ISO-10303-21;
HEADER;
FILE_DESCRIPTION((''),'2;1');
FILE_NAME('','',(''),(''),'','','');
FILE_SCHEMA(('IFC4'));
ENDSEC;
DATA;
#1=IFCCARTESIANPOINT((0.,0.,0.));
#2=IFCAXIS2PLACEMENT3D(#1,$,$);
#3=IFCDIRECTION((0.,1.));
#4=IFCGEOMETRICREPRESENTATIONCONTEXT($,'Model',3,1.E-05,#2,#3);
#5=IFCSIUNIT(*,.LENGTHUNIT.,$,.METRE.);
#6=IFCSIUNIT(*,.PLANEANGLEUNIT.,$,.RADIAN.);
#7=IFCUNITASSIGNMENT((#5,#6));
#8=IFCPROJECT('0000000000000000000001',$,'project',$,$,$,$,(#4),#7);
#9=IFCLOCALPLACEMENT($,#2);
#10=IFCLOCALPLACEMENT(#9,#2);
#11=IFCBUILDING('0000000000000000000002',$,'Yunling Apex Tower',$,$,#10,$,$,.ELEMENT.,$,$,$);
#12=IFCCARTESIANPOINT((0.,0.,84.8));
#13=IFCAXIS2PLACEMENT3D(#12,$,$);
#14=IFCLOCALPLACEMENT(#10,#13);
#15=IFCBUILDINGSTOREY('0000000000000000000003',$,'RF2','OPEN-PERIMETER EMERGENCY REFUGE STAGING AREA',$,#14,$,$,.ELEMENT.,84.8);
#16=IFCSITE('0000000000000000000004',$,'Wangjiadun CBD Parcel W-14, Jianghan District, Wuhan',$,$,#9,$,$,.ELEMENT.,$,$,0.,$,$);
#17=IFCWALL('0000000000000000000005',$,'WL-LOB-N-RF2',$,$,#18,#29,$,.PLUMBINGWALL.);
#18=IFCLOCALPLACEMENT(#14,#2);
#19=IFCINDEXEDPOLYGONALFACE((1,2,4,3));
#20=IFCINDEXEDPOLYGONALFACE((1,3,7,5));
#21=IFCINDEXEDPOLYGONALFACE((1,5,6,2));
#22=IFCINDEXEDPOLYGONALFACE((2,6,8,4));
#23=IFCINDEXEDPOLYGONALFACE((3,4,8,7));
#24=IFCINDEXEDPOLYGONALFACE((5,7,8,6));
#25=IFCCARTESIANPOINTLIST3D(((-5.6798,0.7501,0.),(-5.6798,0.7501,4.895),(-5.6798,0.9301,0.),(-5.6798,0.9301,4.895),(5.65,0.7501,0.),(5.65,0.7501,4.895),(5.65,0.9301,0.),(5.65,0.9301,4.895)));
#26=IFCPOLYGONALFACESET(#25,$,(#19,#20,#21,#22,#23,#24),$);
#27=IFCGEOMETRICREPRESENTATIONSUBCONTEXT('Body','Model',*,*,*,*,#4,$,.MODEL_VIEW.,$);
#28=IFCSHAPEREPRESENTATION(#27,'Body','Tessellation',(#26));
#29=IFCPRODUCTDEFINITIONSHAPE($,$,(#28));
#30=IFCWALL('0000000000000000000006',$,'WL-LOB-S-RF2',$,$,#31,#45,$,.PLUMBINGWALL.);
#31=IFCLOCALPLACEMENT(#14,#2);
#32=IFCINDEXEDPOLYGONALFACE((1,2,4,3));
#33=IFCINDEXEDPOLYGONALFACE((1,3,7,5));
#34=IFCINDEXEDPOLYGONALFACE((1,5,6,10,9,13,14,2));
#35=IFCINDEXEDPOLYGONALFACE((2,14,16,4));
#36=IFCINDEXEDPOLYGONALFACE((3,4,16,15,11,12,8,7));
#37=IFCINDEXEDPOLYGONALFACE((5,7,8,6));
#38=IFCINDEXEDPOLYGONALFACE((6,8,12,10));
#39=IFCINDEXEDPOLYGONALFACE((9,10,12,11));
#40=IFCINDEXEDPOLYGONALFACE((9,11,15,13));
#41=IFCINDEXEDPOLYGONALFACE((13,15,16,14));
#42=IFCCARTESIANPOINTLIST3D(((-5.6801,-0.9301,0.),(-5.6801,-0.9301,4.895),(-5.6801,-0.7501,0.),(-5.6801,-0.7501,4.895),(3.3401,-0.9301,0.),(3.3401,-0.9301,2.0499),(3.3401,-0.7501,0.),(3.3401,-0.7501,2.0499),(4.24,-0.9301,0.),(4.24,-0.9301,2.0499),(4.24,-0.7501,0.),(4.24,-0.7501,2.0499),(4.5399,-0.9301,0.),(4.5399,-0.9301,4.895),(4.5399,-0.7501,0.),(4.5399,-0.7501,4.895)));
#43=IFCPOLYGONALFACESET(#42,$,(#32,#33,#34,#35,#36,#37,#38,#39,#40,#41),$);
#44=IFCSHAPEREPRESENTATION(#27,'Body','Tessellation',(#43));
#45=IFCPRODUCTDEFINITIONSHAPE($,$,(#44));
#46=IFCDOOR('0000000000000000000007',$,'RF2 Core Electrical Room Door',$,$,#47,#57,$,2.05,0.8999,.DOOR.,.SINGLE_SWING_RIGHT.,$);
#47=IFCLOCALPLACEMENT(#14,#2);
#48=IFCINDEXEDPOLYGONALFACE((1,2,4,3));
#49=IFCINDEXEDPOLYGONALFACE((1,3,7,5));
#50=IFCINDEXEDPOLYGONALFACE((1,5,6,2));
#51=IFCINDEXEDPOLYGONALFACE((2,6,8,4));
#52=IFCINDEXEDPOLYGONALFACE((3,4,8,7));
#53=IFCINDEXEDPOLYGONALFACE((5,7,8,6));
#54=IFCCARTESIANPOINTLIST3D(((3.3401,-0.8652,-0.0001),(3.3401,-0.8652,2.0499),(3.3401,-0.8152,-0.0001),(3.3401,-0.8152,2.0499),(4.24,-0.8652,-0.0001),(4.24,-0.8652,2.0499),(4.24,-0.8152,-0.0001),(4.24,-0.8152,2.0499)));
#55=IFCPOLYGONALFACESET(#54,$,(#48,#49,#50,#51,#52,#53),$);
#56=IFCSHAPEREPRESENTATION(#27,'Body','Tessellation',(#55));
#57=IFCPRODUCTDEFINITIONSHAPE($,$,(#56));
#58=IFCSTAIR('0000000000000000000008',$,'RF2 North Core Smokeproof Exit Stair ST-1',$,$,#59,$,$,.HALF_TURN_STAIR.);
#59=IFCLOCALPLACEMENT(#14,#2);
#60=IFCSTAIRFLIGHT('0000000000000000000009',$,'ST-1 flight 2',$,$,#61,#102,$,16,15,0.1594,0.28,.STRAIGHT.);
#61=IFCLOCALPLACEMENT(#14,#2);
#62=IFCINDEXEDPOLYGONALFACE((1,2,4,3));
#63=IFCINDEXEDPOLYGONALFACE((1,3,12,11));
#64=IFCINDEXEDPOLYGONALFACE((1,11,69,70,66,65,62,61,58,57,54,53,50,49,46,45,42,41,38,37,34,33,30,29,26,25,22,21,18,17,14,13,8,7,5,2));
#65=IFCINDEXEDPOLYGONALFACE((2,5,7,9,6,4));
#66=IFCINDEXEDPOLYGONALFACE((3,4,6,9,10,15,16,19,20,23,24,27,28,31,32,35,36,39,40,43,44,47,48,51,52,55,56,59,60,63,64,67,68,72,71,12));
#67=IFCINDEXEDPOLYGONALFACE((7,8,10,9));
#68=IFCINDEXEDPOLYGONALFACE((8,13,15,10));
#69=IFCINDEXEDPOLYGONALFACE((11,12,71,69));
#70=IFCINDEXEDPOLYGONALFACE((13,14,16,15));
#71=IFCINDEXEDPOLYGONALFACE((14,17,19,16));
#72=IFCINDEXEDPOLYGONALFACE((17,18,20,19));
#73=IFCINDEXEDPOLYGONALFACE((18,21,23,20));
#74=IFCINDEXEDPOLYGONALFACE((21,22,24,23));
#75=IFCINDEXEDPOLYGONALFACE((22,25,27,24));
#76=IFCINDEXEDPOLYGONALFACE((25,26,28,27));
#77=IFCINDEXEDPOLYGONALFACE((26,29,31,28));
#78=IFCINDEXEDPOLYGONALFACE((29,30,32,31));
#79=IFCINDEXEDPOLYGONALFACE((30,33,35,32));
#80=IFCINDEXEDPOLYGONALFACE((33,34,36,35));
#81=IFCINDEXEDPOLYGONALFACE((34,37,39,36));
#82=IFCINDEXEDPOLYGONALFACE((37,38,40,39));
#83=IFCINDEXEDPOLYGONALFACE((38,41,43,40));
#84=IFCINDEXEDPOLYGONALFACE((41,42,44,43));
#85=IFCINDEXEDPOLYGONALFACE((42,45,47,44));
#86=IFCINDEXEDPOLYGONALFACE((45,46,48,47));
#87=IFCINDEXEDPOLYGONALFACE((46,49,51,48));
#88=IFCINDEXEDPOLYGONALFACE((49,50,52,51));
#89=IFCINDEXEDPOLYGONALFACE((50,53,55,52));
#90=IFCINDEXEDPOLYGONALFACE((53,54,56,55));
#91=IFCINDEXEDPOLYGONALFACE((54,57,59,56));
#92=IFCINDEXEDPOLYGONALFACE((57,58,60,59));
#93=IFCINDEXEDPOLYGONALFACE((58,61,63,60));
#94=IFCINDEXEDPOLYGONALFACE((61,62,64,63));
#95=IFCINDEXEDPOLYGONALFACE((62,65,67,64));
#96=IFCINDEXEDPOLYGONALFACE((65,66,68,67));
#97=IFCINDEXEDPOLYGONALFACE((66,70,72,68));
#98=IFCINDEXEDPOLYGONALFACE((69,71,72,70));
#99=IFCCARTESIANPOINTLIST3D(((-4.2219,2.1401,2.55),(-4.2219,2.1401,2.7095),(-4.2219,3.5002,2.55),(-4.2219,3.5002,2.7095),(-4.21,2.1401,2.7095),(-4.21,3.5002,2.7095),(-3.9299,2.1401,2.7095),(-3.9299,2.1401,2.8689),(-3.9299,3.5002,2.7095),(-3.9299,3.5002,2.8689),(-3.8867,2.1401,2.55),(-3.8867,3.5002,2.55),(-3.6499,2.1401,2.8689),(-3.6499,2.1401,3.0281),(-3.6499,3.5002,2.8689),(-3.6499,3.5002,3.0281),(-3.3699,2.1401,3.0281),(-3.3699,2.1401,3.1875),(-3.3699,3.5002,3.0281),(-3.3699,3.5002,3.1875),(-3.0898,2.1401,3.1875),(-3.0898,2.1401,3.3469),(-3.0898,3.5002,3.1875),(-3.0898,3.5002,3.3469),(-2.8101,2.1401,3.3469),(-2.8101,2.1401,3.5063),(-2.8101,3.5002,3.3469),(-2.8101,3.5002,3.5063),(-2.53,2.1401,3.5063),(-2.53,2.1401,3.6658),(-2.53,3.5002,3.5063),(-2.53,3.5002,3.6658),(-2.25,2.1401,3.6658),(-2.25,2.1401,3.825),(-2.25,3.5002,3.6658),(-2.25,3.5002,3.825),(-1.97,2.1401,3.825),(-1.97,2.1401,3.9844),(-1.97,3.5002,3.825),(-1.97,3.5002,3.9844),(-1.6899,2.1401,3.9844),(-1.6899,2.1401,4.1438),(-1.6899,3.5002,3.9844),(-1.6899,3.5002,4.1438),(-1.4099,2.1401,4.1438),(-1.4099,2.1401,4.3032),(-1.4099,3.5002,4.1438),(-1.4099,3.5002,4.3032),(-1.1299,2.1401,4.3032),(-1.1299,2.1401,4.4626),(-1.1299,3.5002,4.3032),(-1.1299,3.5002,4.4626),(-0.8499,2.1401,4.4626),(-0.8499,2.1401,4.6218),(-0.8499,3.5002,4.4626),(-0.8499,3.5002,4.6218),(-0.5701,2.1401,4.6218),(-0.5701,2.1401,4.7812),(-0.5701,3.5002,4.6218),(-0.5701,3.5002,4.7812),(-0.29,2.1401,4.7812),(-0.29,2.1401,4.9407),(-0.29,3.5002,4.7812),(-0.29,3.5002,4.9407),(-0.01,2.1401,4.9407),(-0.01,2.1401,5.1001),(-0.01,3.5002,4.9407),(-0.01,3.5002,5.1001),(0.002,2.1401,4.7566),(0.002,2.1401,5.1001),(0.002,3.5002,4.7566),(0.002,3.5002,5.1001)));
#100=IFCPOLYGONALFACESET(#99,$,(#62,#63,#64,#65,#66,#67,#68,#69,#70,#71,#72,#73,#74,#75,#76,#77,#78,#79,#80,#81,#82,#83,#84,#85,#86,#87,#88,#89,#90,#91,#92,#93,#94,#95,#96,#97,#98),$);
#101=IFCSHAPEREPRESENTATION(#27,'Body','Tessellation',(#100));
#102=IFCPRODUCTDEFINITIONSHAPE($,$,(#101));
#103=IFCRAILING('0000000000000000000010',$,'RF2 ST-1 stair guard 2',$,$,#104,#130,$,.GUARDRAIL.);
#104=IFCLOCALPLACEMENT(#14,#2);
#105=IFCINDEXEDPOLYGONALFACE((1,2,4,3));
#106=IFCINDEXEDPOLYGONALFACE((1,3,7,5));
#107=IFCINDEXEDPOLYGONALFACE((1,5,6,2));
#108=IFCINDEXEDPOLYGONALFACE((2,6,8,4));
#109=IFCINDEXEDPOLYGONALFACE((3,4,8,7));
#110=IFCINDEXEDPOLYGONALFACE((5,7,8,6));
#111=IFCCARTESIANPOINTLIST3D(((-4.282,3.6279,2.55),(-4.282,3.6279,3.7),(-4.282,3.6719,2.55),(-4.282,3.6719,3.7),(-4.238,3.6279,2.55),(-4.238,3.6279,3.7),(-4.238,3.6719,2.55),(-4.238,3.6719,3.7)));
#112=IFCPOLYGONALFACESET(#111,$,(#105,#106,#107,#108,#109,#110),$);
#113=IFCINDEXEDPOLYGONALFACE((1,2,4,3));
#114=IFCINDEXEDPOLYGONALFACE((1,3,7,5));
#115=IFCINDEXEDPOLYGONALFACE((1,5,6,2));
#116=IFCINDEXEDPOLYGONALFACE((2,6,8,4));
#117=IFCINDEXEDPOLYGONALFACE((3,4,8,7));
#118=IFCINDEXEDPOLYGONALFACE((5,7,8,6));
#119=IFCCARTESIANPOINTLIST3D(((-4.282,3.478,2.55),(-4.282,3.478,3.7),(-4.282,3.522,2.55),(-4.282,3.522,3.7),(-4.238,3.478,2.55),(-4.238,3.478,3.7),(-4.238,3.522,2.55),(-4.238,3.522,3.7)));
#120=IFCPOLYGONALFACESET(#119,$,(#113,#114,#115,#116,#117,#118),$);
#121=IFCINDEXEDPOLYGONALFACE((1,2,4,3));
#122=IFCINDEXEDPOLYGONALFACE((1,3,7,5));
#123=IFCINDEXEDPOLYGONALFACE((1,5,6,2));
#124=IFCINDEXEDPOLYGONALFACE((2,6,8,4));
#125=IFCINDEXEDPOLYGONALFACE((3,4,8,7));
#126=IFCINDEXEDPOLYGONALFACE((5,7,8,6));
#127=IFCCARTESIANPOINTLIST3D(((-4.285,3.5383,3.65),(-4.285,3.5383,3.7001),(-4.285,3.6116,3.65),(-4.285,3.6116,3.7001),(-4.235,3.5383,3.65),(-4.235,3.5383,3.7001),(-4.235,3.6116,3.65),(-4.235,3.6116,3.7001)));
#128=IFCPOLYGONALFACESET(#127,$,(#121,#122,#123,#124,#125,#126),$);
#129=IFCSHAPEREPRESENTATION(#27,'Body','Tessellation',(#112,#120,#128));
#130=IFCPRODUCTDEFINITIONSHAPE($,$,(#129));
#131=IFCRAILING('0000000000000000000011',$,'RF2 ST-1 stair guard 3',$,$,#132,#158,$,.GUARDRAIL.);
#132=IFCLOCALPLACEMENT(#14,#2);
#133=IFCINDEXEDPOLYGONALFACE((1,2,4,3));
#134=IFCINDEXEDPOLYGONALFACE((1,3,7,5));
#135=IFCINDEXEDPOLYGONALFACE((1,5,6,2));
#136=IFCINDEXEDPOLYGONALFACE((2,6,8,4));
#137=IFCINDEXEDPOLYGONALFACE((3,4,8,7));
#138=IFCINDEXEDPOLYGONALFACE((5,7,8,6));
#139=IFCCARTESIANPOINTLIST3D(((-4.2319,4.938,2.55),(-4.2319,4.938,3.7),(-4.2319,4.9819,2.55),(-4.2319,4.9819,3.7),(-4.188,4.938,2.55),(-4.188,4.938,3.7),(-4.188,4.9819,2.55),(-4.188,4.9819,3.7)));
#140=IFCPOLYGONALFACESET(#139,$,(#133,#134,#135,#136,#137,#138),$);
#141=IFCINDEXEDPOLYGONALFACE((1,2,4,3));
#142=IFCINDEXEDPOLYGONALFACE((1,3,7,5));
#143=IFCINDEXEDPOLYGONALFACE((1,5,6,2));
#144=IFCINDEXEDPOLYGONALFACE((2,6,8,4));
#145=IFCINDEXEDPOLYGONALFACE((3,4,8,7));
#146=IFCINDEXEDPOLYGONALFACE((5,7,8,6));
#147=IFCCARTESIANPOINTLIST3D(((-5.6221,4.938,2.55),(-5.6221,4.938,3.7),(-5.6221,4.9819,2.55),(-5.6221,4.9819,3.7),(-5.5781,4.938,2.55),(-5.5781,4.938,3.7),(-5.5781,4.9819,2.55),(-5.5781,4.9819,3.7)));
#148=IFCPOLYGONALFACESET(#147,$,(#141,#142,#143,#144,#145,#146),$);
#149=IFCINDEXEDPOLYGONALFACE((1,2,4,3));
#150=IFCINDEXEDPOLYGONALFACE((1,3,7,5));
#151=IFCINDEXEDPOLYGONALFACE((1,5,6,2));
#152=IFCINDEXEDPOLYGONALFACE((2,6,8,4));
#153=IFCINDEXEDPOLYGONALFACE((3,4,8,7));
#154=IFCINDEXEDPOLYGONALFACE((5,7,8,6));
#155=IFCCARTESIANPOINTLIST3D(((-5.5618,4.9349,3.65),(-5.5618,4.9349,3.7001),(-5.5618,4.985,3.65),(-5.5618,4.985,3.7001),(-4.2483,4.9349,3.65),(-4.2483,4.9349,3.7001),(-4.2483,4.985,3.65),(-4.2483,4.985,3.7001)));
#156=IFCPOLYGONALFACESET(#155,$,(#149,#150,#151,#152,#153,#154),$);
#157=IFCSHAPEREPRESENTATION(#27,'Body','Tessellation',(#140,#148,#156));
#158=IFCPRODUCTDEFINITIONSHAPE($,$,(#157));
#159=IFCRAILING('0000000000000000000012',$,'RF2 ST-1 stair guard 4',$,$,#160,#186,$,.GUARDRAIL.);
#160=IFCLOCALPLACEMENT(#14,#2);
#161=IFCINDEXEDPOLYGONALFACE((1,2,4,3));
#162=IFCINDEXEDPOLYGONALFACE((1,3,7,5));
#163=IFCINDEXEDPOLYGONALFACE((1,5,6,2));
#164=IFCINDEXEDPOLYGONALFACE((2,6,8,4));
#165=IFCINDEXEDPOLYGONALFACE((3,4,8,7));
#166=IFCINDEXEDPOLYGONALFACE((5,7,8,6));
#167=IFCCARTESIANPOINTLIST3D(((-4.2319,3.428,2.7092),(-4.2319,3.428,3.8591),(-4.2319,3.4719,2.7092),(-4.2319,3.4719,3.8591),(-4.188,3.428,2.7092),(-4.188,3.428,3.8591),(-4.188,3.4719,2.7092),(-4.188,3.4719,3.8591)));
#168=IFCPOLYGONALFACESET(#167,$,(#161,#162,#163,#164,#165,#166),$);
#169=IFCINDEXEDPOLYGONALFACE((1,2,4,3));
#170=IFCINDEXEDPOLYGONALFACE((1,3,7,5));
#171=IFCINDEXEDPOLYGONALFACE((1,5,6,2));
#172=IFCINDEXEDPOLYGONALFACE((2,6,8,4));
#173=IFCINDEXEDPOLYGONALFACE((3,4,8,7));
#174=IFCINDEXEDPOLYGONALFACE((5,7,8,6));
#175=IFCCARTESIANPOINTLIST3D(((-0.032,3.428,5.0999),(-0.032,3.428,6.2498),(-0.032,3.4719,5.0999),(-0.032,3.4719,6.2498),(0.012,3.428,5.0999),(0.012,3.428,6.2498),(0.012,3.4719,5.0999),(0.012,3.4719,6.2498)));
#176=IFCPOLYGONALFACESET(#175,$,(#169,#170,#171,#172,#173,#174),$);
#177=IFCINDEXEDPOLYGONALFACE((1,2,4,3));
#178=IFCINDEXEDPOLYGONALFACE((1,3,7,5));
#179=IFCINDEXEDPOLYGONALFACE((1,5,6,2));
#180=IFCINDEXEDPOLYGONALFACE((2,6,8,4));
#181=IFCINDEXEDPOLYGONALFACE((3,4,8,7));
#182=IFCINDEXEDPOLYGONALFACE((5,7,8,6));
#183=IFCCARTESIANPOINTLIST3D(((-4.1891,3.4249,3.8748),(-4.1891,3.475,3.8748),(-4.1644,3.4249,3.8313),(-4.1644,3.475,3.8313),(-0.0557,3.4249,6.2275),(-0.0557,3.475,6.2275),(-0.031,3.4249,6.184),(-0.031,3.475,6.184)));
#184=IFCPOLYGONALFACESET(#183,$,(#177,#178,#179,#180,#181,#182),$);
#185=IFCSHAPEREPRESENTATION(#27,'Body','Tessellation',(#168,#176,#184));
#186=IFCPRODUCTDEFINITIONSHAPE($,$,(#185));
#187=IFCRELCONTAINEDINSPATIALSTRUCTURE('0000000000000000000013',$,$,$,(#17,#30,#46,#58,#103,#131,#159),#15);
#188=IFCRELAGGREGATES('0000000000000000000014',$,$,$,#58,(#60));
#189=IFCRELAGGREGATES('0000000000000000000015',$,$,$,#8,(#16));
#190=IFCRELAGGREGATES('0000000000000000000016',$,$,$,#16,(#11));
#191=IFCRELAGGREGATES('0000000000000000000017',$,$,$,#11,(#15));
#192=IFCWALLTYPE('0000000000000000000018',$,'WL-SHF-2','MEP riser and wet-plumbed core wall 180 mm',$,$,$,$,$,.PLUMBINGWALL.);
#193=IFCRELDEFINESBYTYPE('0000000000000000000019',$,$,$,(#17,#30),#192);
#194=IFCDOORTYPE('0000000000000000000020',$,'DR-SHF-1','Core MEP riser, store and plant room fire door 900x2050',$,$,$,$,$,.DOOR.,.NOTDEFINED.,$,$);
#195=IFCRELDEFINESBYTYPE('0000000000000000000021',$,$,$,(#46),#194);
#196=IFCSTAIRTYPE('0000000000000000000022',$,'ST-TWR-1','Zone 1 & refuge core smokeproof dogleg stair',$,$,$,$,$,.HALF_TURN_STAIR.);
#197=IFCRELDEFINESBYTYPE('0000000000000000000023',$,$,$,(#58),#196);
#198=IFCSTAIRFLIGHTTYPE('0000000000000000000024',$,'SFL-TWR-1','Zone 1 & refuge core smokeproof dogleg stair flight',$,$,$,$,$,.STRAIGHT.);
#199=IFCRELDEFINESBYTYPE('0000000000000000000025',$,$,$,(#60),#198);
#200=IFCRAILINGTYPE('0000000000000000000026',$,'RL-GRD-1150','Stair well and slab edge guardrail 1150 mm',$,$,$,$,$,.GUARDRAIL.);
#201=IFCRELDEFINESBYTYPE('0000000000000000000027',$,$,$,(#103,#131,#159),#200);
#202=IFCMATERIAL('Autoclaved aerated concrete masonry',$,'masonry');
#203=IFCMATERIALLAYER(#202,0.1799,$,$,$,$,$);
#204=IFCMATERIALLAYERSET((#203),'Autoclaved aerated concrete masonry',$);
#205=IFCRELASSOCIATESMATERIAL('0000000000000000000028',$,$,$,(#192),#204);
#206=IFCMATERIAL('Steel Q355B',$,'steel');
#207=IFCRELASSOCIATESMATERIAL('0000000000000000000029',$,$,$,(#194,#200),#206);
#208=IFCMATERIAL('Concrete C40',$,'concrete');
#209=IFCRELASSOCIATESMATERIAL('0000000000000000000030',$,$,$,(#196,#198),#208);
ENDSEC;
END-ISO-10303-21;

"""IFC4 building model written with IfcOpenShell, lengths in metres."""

from ifc_helpers import new_model, si_unit, direction, frame, frame_2d, origin, origin_2d, place, context, subcontext, project, spatial, polyline, rectangle, outline, extrude, material, layer, layer_set, type_object, element, fill, aggregate, save


model = new_model("IFC4")

# Units and contexts
model_context = context("Model", 3, precision=1e-05, world=origin(), true_north=direction((0.0, 1.0)))
body_context = subcontext(model_context, "Body", "Model", "MODEL_VIEW")
ifc_project = project(units=[si_unit("LENGTHUNIT", "METRE"), si_unit("PLANEANGLEUNIT", "RADIAN")], contexts=[model_context])

# Site, building, storey
site_placement = place(None, origin())
site = spatial("IfcSite", under=ifc_project, at=site_placement, Name="Wangjiadun CBD Parcel W-14, Jianghan District, Wuhan", CompositionType="ELEMENT", RefElevation=0.0)
building_placement = place(site_placement, origin())
building = spatial("IfcBuilding", under=site, at=building_placement, Name="Yunling Apex Tower", CompositionType="ELEMENT")
storey_placement = place(building_placement, frame((0.0, 0.0, 84.8)))
storey = spatial("IfcBuildingStorey", under=building, at=storey_placement, Name="RF2", Description="OPEN-PERIMETER EMERGENCY REFUGE STAGING AREA", CompositionType="ELEMENT", Elevation=84.8)

# Shared definitions
ifc_material_1 = material(Name="Steel Q355B", Category="steel")

# Shared definitions
ifc_material_2 = material(Name="Concrete C40", Category="concrete")

# Shared definitions
ifc_material_3 = material(Name="Autoclaved aerated concrete masonry", Category="masonry")

# Wall
ifc_layer_1 = layer(ifc_material_3, 0.1799)
ifc_layer_set_1 = layer_set([ifc_layer_1], Name="Autoclaved aerated concrete masonry")
wall_type_1 = type_object("IfcWallType", Name="WL-SHF-2", Description="MEP riser and wet-plumbed core wall 180 mm", PredefinedType="PLUMBINGWALL", material=ifc_layer_set_1)
wall_1_placement = place(storey_placement, frame((-5.6799, 0.8401, 0.0), z_axis=(0.0, 0.0, 1.0), x_axis=(1.0, 0.0, 0.0)))
element("IfcWall", 1, at=wall_1_placement, inside=storey, type_object=wall_type_1, Name="WL-LOB-N-RF2", PredefinedType="PLUMBINGWALL", context=body_context, shape_type="SweptSolid", body=[
    extrude(rectangle(XDim=11.3298, YDim=0.1799, at=frame_2d((5.665, 0.0))), origin(), (0.0, 0.0, 1.0), 4.895),
])

# Wall, opening, door
wall_2_placement = place(storey_placement, frame((-5.6799, -0.8401, 0.0), z_axis=(0.0, 0.0, 1.0), x_axis=(1.0, 0.0, 0.0)))
wall_2 = element("IfcWall", 2, at=wall_2_placement, inside=storey, type_object=wall_type_1, Name="WL-LOB-S-RF2", PredefinedType="PLUMBINGWALL", context=body_context, shape_type="SweptSolid", body=[
    extrude(rectangle(XDim=10.22, YDim=0.1799, at=frame_2d((5.1099, 0.0))), origin(), (0.0, 0.0, 1.0), 4.895),
])
opening_1_placement = place(wall_2_placement, frame((9.02, 0.0, 0.0)))
opening_1 = element("IfcOpeningElement", 3, at=opening_1_placement, cuts=wall_2, PredefinedType="OPENING", context=body_context, shape_type="SweptSolid", body=[
    extrude(rectangle(XDim=0.8999, YDim=2.05, at=frame_2d((0.45, 1.0249))), frame((0.0, 0.1001, 0.0), z_axis=(0.0, -1.0, 0.0), x_axis=(1.0, 0.0, 0.0)), (0.0, 0.0, 1.0), 0.2),
])
door_type_1 = type_object("IfcDoorType", Name="DR-SHF-1", Description="Core MEP riser, store and plant room fire door 900x2050", OperationType="NOTDEFINED", PredefinedType="DOOR", material=ifc_material_1)
door_1_placement = place(opening_1_placement, origin())
door_1 = element("IfcDoor", 4, at=door_1_placement, inside=storey, type_object=door_type_1, Name="RF2 Core Electrical Room Door", OperationType="SINGLE_SWING_RIGHT", OverallHeight=2.05, OverallWidth=0.8999, PredefinedType="DOOR", context=body_context, shape_type="SweptSolid", body=[
    extrude(rectangle(XDim=0.8999, YDim=2.05, at=frame_2d((0.45, 1.0249))), frame((0.0, 0.0249, 0.0), z_axis=(0.0, -1.0, 0.0), x_axis=(1.0, 0.0, 0.0)), (0.0, 0.0, 1.0), 0.05),
])
fill(opening_1, door_1)

# Stair, stair flight
stair_type = type_object("IfcStairType", Name="ST-TWR-1", Description="Zone 1 & refuge core smokeproof dogleg stair", PredefinedType="HALF_TURN_STAIR", material=ifc_material_2)
stair_placement = place(storey_placement, origin())
stair = element("IfcStair", 5, at=stair_placement, inside=storey, type_object=stair_type, Name="RF2 North Core Smokeproof Exit Stair ST-1", PredefinedType="HALF_TURN_STAIR")
stair_flight_type = type_object("IfcStairFlightType", Name="SFL-TWR-1", Description="Zone 1 & refuge core smokeproof dogleg stair flight", PredefinedType="STRAIGHT", material=ifc_material_2)
stair_flight_placement = place(storey_placement, frame((-4.21, 2.8201, 2.55), z_axis=(0.0, 0.0, 1.0), x_axis=(1.0, 0.0, 0.0)))
stair_flight = element("IfcStairFlight", 6, at=stair_flight_placement, type_object=stair_flight_type, Name="ST-1 flight 2", NumberOfRisers=16, NumberOfTreads=15, PredefinedType="STRAIGHT", RiserHeight=0.1594, TreadLength=0.28, context=body_context, shape_type="SweptSolid", body=[
    extrude(outline(polyline([(-0.012, 0.0), (-0.012, 0.1594), (0.0, 0.1594), (0.28, 0.1594), (0.28, 0.3188), (0.5601, 0.3188), (0.5601, 0.478), (0.8401, 0.478), (0.8401, 0.6375), (1.1201, 0.6375), (1.1201, 0.7969), (1.3999, 0.7969), (1.3999, 0.9563), (1.6799, 0.9563), (1.6799, 1.1157), (1.96, 1.1157), (1.96, 1.2749), (2.24, 1.2749), (2.24, 1.4343), (2.52, 1.4343), (2.52, 1.5938), (2.8, 1.5938), (2.8, 1.7532), (3.0801, 1.7532), (3.0801, 1.9126), (3.3601, 1.9126), (3.3601, 2.0718), (3.6399, 2.0718), (3.6399, 2.2312), (3.9199, 2.2312), (3.9199, 2.3906), (4.2, 2.3906), (4.2, 2.55), (4.2119, 2.55), (4.2119, 2.2065), (0.3232, 0.0), (-0.012, 0.0)])), frame((0.0, 0.6802, 0.0), z_axis=(0.0, -1.0, 0.0), x_axis=(1.0, 0.0, 0.0)), (0.0, 0.0, 1.0), 1.3601),
])
aggregate(stair, [stair_flight])

# Railings
railing_type_1 = type_object("IfcRailingType", Name="RL-GRD-1150", Description="Stair well and slab edge guardrail 1150 mm", PredefinedType="GUARDRAIL", material=ifc_material_1)
railing_1_placement = place(storey_placement, frame((-4.26, 3.6499, 2.55)))
element("IfcRailing", 7, at=railing_1_placement, inside=storey, type_object=railing_type_1, Name="RF2 ST-1 stair guard 2", PredefinedType="GUARDRAIL", context=body_context, shape_type="SweptSolid", body=[
    extrude(rectangle(XDim=0.0439, YDim=0.0439, at=origin_2d()), origin(), (0.0, 0.0, 1.0), 1.1499),
    extrude(rectangle(XDim=0.0439, YDim=0.0439, at=origin_2d()), frame((0.0, -0.1499, 0.0)), (0.0, 0.0, 1.0), 1.1499),
    extrude(rectangle(XDim=0.05, YDim=0.05, at=origin_2d()), frame((0.0, -0.0383, 1.125), z_axis=(0.0, -1.0, 0.0), x_axis=(1.0, 0.0, 0.0)), (0.0, 0.0, 1.0), 0.0732),
])
railing_2_placement = place(storey_placement, frame((-4.21, 4.96, 2.55)))
element("IfcRailing", 8, at=railing_2_placement, inside=storey, type_object=railing_type_1, Name="RF2 ST-1 stair guard 3", PredefinedType="GUARDRAIL", context=body_context, shape_type="SweptSolid", body=[
    extrude(rectangle(XDim=0.0439, YDim=0.0439, at=origin_2d()), origin(), (0.0, 0.0, 1.0), 1.1499),
    extrude(rectangle(XDim=0.0439, YDim=0.0439, at=origin_2d()), frame((-1.3901, 0.0, 0.0)), (0.0, 0.0, 1.0), 1.1499),
    extrude(rectangle(XDim=0.05, YDim=0.05, at=origin_2d()), frame((-0.0383, 0.0, 1.125), z_axis=(-1.0, 0.0, 0.0), x_axis=(0.0, -1.0, 0.0)), (0.0, 0.0, 1.0), 1.3135),
])
railing_3_placement = place(storey_placement, frame((-4.21, 3.45, 2.7092)))
element("IfcRailing", 9, at=railing_3_placement, inside=storey, type_object=railing_type_1, Name="RF2 ST-1 stair guard 4", PredefinedType="GUARDRAIL", context=body_context, shape_type="SweptSolid", body=[
    extrude(rectangle(XDim=0.0439, YDim=0.0439, at=origin_2d()), origin(), (0.0, 0.0, 1.0), 1.1499),
    extrude(rectangle(XDim=0.0439, YDim=0.0439, at=origin_2d()), frame((4.2, 0.0, 2.3906)), (0.0, 0.0, 1.0), 1.1499),
    extrude(rectangle(XDim=0.05, YDim=0.05, at=origin_2d()), frame((0.0332, 0.0, 1.1438), z_axis=(0.869075, 0.0, 0.49468), x_axis=(0.0, 1.0, 0.0)), (0.0, 0.0, 1.0), 4.7561),
])

save(model, "model.ifc")
